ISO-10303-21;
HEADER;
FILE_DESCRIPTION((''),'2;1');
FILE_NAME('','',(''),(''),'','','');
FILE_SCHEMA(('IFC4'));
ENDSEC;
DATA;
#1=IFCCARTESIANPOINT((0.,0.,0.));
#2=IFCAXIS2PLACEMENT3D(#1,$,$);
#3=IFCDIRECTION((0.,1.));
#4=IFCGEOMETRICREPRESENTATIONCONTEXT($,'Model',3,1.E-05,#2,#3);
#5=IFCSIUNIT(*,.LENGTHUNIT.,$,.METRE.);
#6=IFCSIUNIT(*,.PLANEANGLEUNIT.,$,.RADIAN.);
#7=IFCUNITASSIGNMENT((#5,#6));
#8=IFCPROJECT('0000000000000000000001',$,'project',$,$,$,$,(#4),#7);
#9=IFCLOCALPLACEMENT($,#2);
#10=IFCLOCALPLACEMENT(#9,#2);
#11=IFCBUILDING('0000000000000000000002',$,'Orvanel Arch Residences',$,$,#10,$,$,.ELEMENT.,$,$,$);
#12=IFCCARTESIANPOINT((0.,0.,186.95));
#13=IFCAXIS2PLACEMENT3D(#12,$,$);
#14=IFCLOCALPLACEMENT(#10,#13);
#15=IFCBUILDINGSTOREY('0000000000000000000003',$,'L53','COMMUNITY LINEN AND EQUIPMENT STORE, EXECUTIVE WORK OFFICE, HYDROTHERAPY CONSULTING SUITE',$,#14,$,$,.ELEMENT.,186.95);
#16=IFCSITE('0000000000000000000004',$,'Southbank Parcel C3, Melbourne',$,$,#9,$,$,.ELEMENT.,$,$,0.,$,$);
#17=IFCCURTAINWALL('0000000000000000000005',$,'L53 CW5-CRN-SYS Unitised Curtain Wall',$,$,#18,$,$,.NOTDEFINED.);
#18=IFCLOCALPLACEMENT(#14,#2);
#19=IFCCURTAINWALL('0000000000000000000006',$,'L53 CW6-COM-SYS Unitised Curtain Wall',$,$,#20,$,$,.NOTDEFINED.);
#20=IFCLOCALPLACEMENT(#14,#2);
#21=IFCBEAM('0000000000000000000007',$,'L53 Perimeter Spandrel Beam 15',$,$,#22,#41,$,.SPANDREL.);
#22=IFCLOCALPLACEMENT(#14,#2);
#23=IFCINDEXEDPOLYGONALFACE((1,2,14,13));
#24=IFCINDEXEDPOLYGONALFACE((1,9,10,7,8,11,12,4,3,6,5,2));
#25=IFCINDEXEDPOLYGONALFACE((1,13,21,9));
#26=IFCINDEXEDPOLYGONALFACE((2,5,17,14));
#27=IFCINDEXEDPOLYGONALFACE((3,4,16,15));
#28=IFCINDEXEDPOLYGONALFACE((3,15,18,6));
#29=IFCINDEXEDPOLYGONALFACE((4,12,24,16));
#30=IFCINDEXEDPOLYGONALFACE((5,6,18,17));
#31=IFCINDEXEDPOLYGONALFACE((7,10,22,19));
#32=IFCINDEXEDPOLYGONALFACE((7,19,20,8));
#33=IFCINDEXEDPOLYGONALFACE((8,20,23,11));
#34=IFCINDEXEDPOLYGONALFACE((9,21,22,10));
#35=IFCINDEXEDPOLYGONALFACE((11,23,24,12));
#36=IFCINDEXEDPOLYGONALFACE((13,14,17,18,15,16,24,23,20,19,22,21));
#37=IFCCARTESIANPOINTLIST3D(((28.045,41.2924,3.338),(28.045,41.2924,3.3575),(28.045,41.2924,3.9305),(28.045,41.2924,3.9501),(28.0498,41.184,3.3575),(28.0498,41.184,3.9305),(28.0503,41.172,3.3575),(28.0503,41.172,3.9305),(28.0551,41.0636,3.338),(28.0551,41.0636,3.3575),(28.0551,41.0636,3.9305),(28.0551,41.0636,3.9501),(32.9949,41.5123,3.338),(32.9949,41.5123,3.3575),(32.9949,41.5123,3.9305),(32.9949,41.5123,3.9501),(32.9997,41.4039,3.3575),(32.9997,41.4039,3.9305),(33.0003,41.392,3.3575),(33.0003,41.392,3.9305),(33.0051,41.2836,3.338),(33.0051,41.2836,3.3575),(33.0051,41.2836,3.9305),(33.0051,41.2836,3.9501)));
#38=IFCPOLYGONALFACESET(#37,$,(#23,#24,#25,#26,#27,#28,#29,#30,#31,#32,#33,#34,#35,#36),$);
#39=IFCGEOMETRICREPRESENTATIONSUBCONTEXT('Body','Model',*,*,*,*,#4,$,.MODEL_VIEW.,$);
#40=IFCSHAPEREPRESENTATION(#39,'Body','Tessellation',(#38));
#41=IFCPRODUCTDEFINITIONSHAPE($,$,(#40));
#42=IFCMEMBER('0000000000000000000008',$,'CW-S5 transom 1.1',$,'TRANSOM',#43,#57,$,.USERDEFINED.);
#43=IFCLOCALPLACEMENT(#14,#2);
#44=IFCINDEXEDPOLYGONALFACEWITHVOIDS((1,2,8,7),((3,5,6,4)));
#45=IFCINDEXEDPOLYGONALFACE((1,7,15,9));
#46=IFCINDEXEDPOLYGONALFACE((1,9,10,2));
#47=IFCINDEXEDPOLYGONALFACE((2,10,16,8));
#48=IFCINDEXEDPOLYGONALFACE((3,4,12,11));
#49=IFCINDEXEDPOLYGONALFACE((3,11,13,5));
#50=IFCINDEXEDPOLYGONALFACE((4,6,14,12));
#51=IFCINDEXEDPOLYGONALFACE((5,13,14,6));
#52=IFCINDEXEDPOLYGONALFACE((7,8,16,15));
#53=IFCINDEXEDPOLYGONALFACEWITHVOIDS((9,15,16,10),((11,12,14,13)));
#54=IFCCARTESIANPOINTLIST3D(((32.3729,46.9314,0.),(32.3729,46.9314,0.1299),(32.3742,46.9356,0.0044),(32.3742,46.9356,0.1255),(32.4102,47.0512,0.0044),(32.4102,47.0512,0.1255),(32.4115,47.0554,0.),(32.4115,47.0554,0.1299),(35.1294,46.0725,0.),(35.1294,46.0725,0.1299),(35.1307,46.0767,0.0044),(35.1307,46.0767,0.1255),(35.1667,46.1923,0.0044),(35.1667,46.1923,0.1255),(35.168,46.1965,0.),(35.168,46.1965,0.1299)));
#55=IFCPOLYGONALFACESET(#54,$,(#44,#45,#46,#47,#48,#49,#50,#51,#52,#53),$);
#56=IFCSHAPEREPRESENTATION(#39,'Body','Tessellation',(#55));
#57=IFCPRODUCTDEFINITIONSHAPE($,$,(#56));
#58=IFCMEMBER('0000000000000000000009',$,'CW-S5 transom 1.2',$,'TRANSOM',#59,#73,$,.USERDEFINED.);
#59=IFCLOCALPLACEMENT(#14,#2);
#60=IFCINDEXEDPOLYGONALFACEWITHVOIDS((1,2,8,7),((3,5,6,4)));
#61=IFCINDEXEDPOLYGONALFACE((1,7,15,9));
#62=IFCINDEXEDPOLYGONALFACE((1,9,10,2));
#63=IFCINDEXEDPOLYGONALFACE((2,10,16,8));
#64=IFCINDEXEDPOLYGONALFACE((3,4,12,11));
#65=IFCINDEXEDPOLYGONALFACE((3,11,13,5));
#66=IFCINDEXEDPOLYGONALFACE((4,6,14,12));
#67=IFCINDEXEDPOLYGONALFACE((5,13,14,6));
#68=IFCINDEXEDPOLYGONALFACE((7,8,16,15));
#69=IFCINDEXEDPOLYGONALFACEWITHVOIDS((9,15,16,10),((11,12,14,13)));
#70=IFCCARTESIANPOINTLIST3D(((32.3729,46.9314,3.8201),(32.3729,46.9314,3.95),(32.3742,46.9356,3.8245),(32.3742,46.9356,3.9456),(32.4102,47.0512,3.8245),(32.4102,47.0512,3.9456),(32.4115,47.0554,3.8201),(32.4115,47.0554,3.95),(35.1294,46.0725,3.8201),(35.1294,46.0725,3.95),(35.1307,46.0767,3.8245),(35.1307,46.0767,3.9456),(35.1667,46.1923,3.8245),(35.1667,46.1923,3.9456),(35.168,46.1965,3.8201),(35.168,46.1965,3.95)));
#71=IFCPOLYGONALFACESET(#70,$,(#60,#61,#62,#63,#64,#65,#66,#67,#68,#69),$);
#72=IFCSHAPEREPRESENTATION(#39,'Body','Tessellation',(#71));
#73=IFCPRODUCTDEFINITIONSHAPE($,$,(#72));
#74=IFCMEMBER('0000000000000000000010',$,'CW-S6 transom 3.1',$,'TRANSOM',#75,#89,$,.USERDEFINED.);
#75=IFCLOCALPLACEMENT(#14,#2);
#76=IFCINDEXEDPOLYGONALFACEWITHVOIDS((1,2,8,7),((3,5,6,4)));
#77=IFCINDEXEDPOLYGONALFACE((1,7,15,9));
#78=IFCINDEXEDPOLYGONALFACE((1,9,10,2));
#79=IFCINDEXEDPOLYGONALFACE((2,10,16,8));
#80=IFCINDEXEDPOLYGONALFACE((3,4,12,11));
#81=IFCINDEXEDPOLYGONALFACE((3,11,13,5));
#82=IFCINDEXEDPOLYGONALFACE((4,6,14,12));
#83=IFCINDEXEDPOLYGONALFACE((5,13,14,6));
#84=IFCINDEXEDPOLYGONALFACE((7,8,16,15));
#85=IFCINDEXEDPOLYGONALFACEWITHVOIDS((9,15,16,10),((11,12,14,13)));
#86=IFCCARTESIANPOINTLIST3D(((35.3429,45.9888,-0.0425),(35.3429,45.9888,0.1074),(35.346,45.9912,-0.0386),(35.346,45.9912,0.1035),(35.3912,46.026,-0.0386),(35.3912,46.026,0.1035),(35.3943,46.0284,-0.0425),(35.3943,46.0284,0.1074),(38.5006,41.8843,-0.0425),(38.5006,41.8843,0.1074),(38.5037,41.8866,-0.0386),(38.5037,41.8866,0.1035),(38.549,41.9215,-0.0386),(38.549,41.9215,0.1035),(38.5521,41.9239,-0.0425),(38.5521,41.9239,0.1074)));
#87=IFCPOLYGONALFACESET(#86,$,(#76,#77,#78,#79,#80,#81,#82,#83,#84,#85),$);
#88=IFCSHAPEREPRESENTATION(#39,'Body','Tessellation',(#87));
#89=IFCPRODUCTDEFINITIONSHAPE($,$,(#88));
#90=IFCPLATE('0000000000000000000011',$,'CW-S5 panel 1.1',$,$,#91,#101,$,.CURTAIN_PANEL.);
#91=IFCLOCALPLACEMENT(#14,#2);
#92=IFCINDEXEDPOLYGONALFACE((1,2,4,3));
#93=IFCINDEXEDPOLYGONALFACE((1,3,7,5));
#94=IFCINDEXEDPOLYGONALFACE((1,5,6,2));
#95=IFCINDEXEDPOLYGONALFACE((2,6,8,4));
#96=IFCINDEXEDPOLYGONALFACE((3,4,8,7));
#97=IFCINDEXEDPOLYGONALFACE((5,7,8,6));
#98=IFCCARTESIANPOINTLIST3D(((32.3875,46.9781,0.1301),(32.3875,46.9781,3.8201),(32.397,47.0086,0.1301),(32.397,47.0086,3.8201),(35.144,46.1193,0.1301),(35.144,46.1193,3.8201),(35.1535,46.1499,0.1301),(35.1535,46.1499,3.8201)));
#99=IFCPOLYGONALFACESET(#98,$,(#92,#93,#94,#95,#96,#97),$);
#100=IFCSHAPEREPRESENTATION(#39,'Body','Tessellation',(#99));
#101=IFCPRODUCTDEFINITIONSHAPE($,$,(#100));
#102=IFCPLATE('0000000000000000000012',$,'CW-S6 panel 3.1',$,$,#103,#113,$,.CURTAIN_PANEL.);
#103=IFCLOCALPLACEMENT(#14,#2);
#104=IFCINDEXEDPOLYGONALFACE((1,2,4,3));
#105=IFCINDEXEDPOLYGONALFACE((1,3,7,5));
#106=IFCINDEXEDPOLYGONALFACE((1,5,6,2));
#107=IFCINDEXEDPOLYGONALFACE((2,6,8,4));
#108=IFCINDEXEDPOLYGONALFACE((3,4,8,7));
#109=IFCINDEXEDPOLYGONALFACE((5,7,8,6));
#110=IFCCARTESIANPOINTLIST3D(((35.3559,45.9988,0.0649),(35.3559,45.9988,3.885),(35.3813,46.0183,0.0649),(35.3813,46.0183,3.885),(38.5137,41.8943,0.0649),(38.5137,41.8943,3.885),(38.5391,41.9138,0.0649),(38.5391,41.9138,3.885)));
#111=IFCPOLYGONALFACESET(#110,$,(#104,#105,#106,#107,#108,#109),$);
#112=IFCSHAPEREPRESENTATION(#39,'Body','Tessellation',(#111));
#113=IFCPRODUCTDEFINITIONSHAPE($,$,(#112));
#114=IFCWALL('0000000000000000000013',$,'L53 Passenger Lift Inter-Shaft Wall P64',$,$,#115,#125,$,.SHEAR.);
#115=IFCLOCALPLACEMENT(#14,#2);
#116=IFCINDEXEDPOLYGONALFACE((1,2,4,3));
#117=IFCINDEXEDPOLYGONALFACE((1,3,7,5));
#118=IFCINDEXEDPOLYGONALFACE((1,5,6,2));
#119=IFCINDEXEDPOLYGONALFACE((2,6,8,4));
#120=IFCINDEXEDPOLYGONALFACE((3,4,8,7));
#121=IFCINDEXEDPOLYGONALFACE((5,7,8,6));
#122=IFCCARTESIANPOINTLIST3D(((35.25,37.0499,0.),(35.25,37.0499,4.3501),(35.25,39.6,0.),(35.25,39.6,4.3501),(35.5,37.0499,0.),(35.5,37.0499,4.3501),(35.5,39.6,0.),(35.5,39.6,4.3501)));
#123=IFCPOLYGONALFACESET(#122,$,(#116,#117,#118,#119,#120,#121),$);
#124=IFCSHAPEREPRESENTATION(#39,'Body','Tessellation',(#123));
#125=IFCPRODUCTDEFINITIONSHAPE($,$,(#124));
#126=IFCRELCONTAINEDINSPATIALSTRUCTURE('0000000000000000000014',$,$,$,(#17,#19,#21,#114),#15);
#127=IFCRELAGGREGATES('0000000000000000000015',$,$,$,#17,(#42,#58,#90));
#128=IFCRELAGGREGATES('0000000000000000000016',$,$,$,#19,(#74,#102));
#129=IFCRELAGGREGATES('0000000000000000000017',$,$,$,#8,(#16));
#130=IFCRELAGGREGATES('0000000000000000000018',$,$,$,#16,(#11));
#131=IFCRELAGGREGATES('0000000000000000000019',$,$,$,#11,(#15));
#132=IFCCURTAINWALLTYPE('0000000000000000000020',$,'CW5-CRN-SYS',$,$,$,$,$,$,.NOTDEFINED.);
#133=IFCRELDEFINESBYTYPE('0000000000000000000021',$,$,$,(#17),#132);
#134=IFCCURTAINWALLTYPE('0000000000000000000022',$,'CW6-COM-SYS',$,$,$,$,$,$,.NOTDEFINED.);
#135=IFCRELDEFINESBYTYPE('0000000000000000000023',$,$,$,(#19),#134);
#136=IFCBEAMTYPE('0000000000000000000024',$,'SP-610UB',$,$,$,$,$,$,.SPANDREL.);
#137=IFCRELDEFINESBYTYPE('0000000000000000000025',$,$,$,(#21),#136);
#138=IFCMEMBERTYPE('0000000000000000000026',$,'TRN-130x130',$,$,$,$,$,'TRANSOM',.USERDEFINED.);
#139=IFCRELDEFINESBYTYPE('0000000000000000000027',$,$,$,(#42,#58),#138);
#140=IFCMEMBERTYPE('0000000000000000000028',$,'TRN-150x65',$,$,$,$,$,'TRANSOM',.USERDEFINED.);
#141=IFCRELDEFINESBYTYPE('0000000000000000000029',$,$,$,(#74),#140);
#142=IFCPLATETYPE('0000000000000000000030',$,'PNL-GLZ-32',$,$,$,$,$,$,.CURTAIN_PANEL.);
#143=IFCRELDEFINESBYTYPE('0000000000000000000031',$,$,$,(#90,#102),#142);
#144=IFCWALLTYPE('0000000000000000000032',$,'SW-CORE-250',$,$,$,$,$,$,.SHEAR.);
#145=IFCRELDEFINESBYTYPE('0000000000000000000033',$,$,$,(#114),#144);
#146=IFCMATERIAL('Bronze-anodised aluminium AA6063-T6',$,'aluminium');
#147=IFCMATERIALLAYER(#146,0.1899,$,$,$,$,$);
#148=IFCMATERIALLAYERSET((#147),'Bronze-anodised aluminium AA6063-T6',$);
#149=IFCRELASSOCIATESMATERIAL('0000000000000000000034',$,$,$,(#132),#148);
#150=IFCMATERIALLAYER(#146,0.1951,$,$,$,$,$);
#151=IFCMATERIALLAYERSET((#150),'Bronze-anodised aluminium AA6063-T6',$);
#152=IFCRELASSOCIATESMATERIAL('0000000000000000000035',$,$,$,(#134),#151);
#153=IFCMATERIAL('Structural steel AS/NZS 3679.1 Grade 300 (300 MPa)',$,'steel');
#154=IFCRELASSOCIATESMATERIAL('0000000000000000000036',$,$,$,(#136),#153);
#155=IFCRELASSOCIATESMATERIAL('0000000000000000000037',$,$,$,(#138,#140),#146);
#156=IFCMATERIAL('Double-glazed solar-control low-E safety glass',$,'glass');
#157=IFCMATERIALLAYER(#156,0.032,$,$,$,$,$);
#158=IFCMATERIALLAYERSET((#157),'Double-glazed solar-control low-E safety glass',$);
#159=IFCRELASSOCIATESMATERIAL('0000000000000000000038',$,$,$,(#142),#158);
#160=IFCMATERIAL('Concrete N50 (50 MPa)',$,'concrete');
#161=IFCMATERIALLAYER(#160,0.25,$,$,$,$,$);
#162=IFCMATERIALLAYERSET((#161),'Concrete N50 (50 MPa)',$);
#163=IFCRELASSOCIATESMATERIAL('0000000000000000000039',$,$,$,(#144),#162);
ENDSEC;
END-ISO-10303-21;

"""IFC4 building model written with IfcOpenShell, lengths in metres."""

from ifc_helpers import new_model, si_unit, direction, frame, frame_2d, origin, origin_2d, place, context, subcontext, project, spatial, rectangle, hollow_rectangle, i_section, extrude, material, layer, layer_set, material_profile, profile_set, type_object, element, aggregate, save


model = new_model("IFC4")

# Units and contexts
model_context = context("Model", 3, precision=1e-05, world=origin(), true_north=direction((0.0, 1.0)))
body_context = subcontext(model_context, "Body", "Model", "MODEL_VIEW")
ifc_project = project(units=[si_unit("LENGTHUNIT", "METRE"), si_unit("PLANEANGLEUNIT", "RADIAN")], contexts=[model_context])

# Site, building, storey
site_placement = place(None, origin())
site = spatial("IfcSite", under=ifc_project, at=site_placement, Name="Southbank Parcel C3, Melbourne", CompositionType="ELEMENT", RefElevation=0.0)
building_placement = place(site_placement, origin())
building = spatial("IfcBuilding", under=site, at=building_placement, Name="Orvanel Arch Residences", CompositionType="ELEMENT")
storey_placement = place(building_placement, frame((0.0, 0.0, 186.95)))
storey = spatial("IfcBuildingStorey", under=building, at=storey_placement, Name="L53", Description="COMMUNITY LINEN AND EQUIPMENT STORE, EXECUTIVE WORK OFFICE, HYDROTHERAPY CONSULTING SUITE", CompositionType="ELEMENT", Elevation=186.95)

# Shared definitions
ifc_material_1 = material(Name="Structural steel AS/NZS 3679.1 Grade 300 (300 MPa)", Category="steel")

# Curtain walls
ifc_material_2 = material(Name="Bronze-anodised aluminium AA6063-T6", Category="aluminium")
ifc_layer_1 = layer(ifc_material_2, 0.1899)
ifc_layer_set_1 = layer_set([ifc_layer_1], Name="Bronze-anodised aluminium AA6063-T6")
curtain_wall_type_1 = type_object("IfcCurtainWallType", Name="CW5-CRN-SYS", PredefinedType="NOTDEFINED", material=ifc_layer_set_1)
curtain_wall_1_placement = place(storey_placement, origin())
curtain_wall_1 = element("IfcCurtainWall", 1, at=curtain_wall_1_placement, inside=storey, type_object=curtain_wall_type_1, Name="L53 CW5-CRN-SYS Unitised Curtain Wall", PredefinedType="NOTDEFINED")
ifc_layer_2 = layer(ifc_material_2, 0.1951)
ifc_layer_set_2 = layer_set([ifc_layer_2], Name="Bronze-anodised aluminium AA6063-T6")
curtain_wall_type_2 = type_object("IfcCurtainWallType", Name="CW6-COM-SYS", PredefinedType="NOTDEFINED", material=ifc_layer_set_2)
curtain_wall_2_placement = place(storey_placement, origin())
curtain_wall_2 = element("IfcCurtainWall", 2, at=curtain_wall_2_placement, inside=storey, type_object=curtain_wall_type_2, Name="L53 CW6-COM-SYS Unitised Curtain Wall", PredefinedType="NOTDEFINED")

# Beam
ifc_material_profile_1 = material_profile(ifc_material_1, i_section(OverallWidth=0.229, OverallDepth=0.6121, WebThickness=0.012, FlangeThickness=0.0195, at=origin_2d()), Name="610UB125")
ifc_profile_set_1 = profile_set([ifc_material_profile_1], Name="Structural steel AS/NZS 3679.1 Grade 300 (300 MPa)")
beam_type_1 = type_object("IfcBeamType", Name="SP-610UB", PredefinedType="SPANDREL", material=ifc_profile_set_1)
for number, where, z_axis, x_axis, name in (
    (3, (33.0, 41.3979, 3.644), (-0.999014, -0.044395, 0.0), (0.044395, -0.999014, 0.0), "L53 Perimeter Spandrel Beam 15"),
):
    element("IfcBeam", number, at=place(storey_placement, frame(where, z_axis=z_axis, x_axis=x_axis)), inside=storey, type_object=beam_type_1, Name=name, PredefinedType="SPANDREL", context=body_context, shape_type="SweptSolid", body=[
        extrude(i_section(OverallWidth=0.229, OverallDepth=0.6121, WebThickness=0.012, FlangeThickness=0.0195, at=origin_2d()), origin(), (0.0, 0.0, 1.0), 4.9548),
    ])

# Members
ifc_material_profile_2 = material_profile(ifc_material_2, hollow_rectangle(XDim=0.1299, YDim=0.1299, WallThickness=0.0044, at=origin_2d()), Name="ALU130x130x4.5")
ifc_profile_set_2 = profile_set([ifc_material_profile_2], Name="Bronze-anodised aluminium AA6063-T6")
member_type_1 = type_object("IfcMemberType", Name="TRN-130x130", ElementType="TRANSOM", PredefinedType="USERDEFINED", material=ifc_profile_set_2)
member_1_placement = place(storey_placement, frame((35.1487, 46.1345, 0.0649), z_axis=(-0.954731, 0.297471, 0.0), x_axis=(-0.297471, -0.954731, 0.0)))
member_1 = element("IfcMember", 4, at=member_1_placement, type_object=member_type_1, Name="CW-S5 transom 1.1", ObjectType="TRANSOM", PredefinedType="USERDEFINED", context=body_context, shape_type="SweptSolid", body=[
    extrude(hollow_rectangle(XDim=0.1299, YDim=0.1299, WallThickness=0.0044, at=origin_2d()), origin(), (0.0, 0.0, 1.0), 2.8872),
])
member_2_placement = place(storey_placement, frame((35.1487, 46.1345, 3.885), z_axis=(-0.954731, 0.297471, 0.0), x_axis=(-0.297471, -0.954731, 0.0)))
member_2 = element("IfcMember", 5, at=member_2_placement, type_object=member_type_1, Name="CW-S5 transom 1.2", ObjectType="TRANSOM", PredefinedType="USERDEFINED", context=body_context, shape_type="SweptSolid", body=[
    extrude(hollow_rectangle(XDim=0.1299, YDim=0.1299, WallThickness=0.0044, at=origin_2d()), origin(), (0.0, 0.0, 1.0), 2.8872),
])
ifc_material_profile_3 = material_profile(ifc_material_2, hollow_rectangle(XDim=0.0649, YDim=0.1499, WallThickness=0.0039, at=origin_2d()), Name="ALU150x65x4")
ifc_profile_set_3 = profile_set([ifc_material_profile_3], Name="Bronze-anodised aluminium AA6063-T6")
member_type_2 = type_object("IfcMemberType", Name="TRN-150x65", ElementType="TRANSOM", PredefinedType="USERDEFINED", material=ifc_profile_set_3)
member_3_placement = place(storey_placement, frame((38.5264, 41.9041, 0.0325), z_axis=(-0.609761, 0.792585, 0.0), x_axis=(-0.792585, -0.609761, 0.0)))
member_3 = element("IfcMember", 6, at=member_3_placement, type_object=member_type_2, Name="CW-S6 transom 3.1", ObjectType="TRANSOM", PredefinedType="USERDEFINED", context=body_context, shape_type="SweptSolid", body=[
    extrude(hollow_rectangle(XDim=0.0649, YDim=0.1499, WallThickness=0.0039, at=origin_2d()), origin(), (0.0, 0.0, 1.0), 5.1787),
])

# Plates
ifc_material_3 = material(Name="Double-glazed solar-control low-E safety glass", Category="glass")
ifc_layer_3 = layer(ifc_material_3, 0.032)
ifc_layer_set_3 = layer_set([ifc_layer_3], Name="Double-glazed solar-control low-E safety glass")
plate_type = type_object("IfcPlateType", Name="PNL-GLZ-32", PredefinedType="CURTAIN_PANEL", material=ifc_layer_set_3)
plate_1_placement = place(storey_placement, frame((33.7705, 46.564, 0.1301), z_axis=(0.0, 0.0, 1.0), x_axis=(-0.954742, 0.297435, 0.0)))
plate_1 = element("IfcPlate", 7, at=plate_1_placement, type_object=plate_type, Name="CW-S5 panel 1.1", PredefinedType="CURTAIN_PANEL", context=body_context, shape_type="SweptSolid", body=[
    extrude(rectangle(XDim=2.8872, YDim=0.032, at=origin_2d()), origin(), (0.0, 0.0, 1.0), 3.6899),
])
aggregate(curtain_wall_1, [member_1, member_2, plate_1])
plate_2_placement = place(storey_placement, frame((36.9475, 43.9563, 0.0649), z_axis=(0.0, 0.0, 1.0), x_axis=(-0.609763, 0.792584, 0.0)))
plate_2 = element("IfcPlate", 8, at=plate_2_placement, type_object=plate_type, Name="CW-S6 panel 3.1", PredefinedType="CURTAIN_PANEL", context=body_context, shape_type="SweptSolid", body=[
    extrude(rectangle(XDim=5.1787, YDim=0.032, at=origin_2d()), origin(), (0.0, 0.0, 1.0), 3.8201),
])
aggregate(curtain_wall_2, [member_3, plate_2])

# Wall
ifc_material_4 = material(Name="Concrete N50 (50 MPa)", Category="concrete")
ifc_layer_4 = layer(ifc_material_4, 0.25)
ifc_layer_set_4 = layer_set([ifc_layer_4], Name="Concrete N50 (50 MPa)")
wall_type_1 = type_object("IfcWallType", Name="SW-CORE-250", PredefinedType="SHEAR", material=ifc_layer_set_4)
wall_1_placement = place(storey_placement, frame((35.375, 37.05, 0.0), z_axis=(0.0, 0.0, 1.0), x_axis=(0.0, 1.0, 0.0)))
element("IfcWall", 9, at=wall_1_placement, inside=storey, type_object=wall_type_1, Name="L53 Passenger Lift Inter-Shaft Wall P64", PredefinedType="SHEAR", context=body_context, shape_type="SweptSolid", body=[
    extrude(rectangle(XDim=2.55, YDim=0.25, at=frame_2d((1.2749, 0.0))), origin(), (0.0, 0.0, 1.0), 4.3501),
])

save(model, "model.ifc")
